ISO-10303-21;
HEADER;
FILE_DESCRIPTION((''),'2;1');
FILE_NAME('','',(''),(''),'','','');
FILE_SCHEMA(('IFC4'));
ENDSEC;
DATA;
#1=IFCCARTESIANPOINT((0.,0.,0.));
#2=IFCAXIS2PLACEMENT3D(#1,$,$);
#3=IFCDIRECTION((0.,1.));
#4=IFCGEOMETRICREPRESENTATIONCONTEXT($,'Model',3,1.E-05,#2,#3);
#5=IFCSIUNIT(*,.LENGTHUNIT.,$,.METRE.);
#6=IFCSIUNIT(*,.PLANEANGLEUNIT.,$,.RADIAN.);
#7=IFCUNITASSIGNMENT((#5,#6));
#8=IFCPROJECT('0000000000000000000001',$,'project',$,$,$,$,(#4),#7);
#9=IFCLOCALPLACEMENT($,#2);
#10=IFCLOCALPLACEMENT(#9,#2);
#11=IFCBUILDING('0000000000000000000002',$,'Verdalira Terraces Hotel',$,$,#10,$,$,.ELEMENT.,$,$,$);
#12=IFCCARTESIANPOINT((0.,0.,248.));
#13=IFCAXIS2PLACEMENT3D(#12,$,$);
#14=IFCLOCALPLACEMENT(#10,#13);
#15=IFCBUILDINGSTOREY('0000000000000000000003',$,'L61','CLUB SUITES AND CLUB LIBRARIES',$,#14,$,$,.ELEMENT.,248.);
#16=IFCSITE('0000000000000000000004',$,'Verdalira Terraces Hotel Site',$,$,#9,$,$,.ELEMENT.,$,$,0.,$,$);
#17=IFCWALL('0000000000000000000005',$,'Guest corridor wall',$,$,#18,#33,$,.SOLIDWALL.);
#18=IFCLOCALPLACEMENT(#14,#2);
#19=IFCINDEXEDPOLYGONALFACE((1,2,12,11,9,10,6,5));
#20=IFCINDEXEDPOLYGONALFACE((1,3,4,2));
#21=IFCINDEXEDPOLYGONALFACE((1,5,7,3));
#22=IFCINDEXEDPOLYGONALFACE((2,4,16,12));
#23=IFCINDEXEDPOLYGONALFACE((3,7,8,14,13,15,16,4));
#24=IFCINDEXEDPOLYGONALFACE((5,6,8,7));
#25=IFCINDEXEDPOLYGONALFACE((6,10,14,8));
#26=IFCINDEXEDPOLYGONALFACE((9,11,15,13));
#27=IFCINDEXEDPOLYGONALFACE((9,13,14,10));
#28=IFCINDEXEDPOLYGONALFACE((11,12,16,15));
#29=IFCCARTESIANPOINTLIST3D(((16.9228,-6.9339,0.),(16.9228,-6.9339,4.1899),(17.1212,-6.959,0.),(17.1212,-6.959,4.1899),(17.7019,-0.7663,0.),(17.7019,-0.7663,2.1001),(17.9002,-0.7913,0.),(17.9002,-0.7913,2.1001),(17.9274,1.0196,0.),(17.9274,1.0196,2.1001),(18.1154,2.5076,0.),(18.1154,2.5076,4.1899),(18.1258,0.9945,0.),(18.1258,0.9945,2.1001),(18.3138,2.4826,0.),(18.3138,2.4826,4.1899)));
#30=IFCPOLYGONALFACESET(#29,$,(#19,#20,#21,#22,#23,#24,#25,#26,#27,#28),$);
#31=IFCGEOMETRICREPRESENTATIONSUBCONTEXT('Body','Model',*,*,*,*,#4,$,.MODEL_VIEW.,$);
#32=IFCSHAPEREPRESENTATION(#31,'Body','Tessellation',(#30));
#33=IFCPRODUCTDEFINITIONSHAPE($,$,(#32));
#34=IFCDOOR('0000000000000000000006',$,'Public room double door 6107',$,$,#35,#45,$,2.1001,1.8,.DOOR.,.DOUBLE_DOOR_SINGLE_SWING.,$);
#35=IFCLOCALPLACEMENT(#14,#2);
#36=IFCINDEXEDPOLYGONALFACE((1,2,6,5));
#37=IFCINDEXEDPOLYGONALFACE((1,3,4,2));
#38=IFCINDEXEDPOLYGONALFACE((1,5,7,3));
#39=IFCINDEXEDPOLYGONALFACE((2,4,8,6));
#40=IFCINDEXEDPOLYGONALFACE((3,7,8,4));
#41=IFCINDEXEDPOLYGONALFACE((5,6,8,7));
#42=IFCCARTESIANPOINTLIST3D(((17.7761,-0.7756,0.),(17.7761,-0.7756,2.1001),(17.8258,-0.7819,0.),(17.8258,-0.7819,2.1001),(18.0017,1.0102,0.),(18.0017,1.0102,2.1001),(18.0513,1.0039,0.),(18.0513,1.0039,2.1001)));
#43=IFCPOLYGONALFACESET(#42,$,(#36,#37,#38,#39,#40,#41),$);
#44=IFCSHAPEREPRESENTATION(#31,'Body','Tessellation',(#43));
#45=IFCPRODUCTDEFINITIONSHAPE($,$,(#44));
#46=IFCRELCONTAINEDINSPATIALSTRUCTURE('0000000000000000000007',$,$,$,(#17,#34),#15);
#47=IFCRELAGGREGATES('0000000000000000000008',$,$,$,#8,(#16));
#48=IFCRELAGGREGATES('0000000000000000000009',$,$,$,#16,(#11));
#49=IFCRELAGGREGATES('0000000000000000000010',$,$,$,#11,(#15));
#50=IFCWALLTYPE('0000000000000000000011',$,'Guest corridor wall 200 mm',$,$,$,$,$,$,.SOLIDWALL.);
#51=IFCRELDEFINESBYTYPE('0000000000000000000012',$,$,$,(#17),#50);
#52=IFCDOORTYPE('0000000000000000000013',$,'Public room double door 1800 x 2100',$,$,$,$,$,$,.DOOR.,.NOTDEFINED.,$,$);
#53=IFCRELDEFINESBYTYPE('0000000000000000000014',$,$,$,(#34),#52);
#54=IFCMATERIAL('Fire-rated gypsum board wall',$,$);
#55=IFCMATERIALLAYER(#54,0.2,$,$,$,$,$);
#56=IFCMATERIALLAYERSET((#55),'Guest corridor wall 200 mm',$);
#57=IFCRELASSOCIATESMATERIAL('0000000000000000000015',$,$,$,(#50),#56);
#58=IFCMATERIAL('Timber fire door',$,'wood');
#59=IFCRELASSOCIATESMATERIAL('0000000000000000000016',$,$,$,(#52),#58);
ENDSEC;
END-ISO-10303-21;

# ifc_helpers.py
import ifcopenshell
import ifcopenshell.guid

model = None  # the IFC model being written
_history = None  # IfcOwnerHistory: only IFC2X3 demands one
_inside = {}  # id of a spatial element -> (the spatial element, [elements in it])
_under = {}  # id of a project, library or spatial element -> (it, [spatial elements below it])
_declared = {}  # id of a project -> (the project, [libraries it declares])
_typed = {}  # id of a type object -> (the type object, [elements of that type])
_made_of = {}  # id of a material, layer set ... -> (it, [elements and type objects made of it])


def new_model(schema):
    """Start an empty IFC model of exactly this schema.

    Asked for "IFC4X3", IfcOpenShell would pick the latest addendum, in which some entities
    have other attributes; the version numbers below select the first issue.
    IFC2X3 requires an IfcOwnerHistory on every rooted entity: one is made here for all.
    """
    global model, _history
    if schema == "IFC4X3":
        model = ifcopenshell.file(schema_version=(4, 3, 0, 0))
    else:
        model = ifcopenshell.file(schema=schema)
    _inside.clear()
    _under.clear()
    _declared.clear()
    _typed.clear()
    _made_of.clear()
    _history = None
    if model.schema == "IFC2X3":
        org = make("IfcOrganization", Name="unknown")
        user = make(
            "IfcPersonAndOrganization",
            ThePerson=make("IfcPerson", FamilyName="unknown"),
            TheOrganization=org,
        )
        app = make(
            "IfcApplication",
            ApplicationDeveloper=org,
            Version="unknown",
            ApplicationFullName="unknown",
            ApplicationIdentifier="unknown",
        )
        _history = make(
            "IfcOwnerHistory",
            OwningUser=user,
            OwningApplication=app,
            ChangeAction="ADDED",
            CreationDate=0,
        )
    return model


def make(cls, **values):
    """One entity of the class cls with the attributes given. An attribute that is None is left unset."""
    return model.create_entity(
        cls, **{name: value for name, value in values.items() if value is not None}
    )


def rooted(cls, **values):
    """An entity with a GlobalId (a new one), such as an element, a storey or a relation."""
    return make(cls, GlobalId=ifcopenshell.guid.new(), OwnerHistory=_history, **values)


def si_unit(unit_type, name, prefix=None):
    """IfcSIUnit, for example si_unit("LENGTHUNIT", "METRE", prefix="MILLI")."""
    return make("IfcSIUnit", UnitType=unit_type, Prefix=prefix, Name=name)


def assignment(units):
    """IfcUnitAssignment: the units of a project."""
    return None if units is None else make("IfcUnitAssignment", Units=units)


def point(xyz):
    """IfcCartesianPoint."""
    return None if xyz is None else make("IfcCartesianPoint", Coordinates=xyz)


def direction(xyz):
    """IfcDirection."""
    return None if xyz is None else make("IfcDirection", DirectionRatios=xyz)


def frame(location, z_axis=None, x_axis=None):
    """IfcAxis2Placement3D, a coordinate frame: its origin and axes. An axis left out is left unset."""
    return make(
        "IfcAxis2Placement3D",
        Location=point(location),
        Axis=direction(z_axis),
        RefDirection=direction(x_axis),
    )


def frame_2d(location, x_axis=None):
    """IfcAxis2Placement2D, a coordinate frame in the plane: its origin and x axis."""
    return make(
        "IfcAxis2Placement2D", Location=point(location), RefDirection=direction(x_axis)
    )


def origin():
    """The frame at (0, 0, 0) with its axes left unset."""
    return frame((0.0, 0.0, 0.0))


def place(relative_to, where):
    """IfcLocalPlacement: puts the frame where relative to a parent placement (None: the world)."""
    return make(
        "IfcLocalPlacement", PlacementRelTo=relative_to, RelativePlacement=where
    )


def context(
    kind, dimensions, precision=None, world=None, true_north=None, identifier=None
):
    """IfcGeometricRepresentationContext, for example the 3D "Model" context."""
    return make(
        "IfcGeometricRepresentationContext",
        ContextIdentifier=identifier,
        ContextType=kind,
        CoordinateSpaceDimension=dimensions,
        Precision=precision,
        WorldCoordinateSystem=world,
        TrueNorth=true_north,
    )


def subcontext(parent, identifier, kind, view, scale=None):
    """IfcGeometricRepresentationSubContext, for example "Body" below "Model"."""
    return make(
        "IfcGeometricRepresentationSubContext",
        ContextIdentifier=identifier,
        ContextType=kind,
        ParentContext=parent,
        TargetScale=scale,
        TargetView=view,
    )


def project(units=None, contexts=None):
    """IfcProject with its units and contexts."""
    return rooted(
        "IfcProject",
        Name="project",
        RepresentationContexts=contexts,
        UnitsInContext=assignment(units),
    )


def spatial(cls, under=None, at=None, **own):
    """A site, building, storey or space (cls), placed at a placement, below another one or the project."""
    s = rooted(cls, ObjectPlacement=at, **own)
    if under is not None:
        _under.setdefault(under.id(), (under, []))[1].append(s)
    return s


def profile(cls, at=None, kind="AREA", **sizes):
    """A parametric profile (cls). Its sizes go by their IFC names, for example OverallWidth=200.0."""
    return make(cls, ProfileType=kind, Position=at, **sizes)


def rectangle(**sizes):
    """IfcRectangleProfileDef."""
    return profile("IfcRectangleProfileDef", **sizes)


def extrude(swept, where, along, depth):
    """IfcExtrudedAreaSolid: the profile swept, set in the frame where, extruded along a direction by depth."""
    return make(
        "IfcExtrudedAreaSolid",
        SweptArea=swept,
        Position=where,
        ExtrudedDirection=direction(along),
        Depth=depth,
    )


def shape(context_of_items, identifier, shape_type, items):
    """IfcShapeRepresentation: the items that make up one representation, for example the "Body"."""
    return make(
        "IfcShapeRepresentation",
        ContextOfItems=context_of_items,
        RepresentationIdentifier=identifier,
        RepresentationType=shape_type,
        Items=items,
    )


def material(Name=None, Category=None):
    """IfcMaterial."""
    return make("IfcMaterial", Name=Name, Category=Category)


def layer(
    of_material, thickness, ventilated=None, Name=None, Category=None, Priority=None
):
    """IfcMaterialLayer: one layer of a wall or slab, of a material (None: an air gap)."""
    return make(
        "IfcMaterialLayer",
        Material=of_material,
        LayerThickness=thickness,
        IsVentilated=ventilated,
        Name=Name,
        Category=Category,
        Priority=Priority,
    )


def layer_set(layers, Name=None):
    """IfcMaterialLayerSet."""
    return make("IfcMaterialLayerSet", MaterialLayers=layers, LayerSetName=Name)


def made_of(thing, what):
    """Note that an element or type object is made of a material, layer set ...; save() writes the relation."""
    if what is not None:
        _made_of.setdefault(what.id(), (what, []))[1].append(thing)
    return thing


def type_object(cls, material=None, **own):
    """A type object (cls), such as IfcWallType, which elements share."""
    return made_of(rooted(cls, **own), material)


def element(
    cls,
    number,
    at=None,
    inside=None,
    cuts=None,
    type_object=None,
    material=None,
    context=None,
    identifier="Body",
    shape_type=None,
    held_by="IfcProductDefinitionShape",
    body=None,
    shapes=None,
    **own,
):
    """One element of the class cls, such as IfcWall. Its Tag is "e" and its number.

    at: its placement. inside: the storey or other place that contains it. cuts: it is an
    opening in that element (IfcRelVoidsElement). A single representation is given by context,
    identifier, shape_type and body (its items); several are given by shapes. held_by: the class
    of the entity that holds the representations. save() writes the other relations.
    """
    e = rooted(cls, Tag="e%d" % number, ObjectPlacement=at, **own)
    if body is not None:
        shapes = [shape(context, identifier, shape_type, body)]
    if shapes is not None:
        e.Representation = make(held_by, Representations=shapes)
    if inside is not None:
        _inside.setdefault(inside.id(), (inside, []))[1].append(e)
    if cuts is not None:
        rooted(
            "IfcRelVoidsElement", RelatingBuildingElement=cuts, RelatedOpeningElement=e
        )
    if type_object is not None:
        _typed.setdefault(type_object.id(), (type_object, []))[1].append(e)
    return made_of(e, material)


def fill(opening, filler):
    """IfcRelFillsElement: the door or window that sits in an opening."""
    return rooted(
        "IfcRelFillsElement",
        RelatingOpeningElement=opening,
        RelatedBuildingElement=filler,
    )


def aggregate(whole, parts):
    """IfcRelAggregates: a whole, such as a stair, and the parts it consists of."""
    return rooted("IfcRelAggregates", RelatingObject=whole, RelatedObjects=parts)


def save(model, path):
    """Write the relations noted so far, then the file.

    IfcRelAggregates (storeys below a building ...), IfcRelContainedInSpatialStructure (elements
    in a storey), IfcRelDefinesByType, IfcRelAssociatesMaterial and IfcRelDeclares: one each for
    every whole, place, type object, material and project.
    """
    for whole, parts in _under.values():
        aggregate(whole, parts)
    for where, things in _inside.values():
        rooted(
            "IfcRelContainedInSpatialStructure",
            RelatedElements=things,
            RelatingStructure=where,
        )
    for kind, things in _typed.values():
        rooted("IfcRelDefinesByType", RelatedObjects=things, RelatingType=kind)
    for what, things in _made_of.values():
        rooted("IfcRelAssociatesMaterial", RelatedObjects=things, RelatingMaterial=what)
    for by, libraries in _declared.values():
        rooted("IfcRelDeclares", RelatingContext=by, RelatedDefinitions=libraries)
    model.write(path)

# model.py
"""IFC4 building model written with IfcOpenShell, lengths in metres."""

from ifc_helpers import new_model, si_unit, direction, frame, frame_2d, origin, place, context, subcontext, project, spatial, rectangle, extrude, material, layer, layer_set, type_object, element, fill, save


model = new_model("IFC4")

# Units and contexts
model_context = context("Model", 3, precision=1e-05, world=origin(), true_north=direction((0.0, 1.0)))
body_context = subcontext(model_context, "Body", "Model", "MODEL_VIEW")
ifc_project = project(units=[si_unit("LENGTHUNIT", "METRE"), si_unit("PLANEANGLEUNIT", "RADIAN")], contexts=[model_context])

# Site, building, storey
site_placement = place(None, origin())
site = spatial("IfcSite", under=ifc_project, at=site_placement, Name="Verdalira Terraces Hotel Site", CompositionType="ELEMENT", RefElevation=0.0)
building_placement = place(site_placement, origin())
building = spatial("IfcBuilding", under=site, at=building_placement, Name="Verdalira Terraces Hotel", CompositionType="ELEMENT")
storey_placement = place(building_placement, frame((0.0, 0.0, 248.0)))
storey = spatial("IfcBuildingStorey", under=building, at=storey_placement, Name="L61", Description="CLUB SUITES AND CLUB LIBRARIES", CompositionType="ELEMENT", Elevation=248.0)

# Wall, opening, door
ifc_material_1 = material(Name="Fire-rated gypsum board wall")
ifc_layer_1 = layer(ifc_material_1, 0.2)
ifc_layer_set_1 = layer_set([ifc_layer_1], Name="Guest corridor wall 200 mm")
wall_type_1 = type_object("IfcWallType", Name="Guest corridor wall 200 mm", PredefinedType="SOLIDWALL", material=ifc_layer_set_1)
ifc_material_2 = material(Name="Timber fire door", Category="wood")
door_type_1 = type_object("IfcDoorType", Name="Public room double door 1800 x 2100", OperationType="NOTDEFINED", PredefinedType="DOOR", material=ifc_material_2)
wall_1_placement = place(storey_placement, frame((18.2146, 2.4951, 0.0), z_axis=(0.0, 0.0, 1.0), x_axis=(-0.12532, -0.992116, 0.0)))
wall_1 = element("IfcWall", 1, at=wall_1_placement, inside=storey, type_object=wall_type_1, Name="Guest corridor wall", PredefinedType="SOLIDWALL", context=body_context, shape_type="SweptSolid", body=[
    extrude(rectangle(XDim=9.5166, YDim=0.2, at=frame_2d((4.7583, 0.0))), origin(), (0.0, 0.0, 1.0), 4.1899),
])
opening_1_placement = place(wall_1_placement, frame((1.5, 0.0, 0.0)))
opening_1 = element("IfcOpeningElement", 2, at=opening_1_placement, cuts=wall_1, PredefinedType="OPENING", context=body_context, shape_type="SweptSolid", body=[
    extrude(rectangle(XDim=1.8, YDim=2.1001, at=frame_2d((0.8999, 1.05))), frame((0.0, 0.1099, 0.0), z_axis=(0.0, -1.0, 0.0), x_axis=(1.0, 0.0, 0.0)), (0.0, 0.0, 1.0), 0.22),
])
door_1_placement = place(opening_1_placement, origin())
door_1 = element("IfcDoor", 3, at=door_1_placement, inside=storey, type_object=door_type_1, Name="Public room double door 6107", OperationType="DOUBLE_DOOR_SINGLE_SWING", OverallHeight=2.1001, OverallWidth=1.8, PredefinedType="DOOR", context=body_context, shape_type="SweptSolid", body=[
    extrude(rectangle(XDim=1.8, YDim=2.1001, at=frame_2d((0.8999, 1.05))), frame((0.0, 0.0249, 0.0), z_axis=(0.0, -1.0, 0.0), x_axis=(1.0, 0.0, 0.0)), (0.0, 0.0, 1.0), 0.05),
])
fill(opening_1, door_1)

save(model, "model.ifc")
